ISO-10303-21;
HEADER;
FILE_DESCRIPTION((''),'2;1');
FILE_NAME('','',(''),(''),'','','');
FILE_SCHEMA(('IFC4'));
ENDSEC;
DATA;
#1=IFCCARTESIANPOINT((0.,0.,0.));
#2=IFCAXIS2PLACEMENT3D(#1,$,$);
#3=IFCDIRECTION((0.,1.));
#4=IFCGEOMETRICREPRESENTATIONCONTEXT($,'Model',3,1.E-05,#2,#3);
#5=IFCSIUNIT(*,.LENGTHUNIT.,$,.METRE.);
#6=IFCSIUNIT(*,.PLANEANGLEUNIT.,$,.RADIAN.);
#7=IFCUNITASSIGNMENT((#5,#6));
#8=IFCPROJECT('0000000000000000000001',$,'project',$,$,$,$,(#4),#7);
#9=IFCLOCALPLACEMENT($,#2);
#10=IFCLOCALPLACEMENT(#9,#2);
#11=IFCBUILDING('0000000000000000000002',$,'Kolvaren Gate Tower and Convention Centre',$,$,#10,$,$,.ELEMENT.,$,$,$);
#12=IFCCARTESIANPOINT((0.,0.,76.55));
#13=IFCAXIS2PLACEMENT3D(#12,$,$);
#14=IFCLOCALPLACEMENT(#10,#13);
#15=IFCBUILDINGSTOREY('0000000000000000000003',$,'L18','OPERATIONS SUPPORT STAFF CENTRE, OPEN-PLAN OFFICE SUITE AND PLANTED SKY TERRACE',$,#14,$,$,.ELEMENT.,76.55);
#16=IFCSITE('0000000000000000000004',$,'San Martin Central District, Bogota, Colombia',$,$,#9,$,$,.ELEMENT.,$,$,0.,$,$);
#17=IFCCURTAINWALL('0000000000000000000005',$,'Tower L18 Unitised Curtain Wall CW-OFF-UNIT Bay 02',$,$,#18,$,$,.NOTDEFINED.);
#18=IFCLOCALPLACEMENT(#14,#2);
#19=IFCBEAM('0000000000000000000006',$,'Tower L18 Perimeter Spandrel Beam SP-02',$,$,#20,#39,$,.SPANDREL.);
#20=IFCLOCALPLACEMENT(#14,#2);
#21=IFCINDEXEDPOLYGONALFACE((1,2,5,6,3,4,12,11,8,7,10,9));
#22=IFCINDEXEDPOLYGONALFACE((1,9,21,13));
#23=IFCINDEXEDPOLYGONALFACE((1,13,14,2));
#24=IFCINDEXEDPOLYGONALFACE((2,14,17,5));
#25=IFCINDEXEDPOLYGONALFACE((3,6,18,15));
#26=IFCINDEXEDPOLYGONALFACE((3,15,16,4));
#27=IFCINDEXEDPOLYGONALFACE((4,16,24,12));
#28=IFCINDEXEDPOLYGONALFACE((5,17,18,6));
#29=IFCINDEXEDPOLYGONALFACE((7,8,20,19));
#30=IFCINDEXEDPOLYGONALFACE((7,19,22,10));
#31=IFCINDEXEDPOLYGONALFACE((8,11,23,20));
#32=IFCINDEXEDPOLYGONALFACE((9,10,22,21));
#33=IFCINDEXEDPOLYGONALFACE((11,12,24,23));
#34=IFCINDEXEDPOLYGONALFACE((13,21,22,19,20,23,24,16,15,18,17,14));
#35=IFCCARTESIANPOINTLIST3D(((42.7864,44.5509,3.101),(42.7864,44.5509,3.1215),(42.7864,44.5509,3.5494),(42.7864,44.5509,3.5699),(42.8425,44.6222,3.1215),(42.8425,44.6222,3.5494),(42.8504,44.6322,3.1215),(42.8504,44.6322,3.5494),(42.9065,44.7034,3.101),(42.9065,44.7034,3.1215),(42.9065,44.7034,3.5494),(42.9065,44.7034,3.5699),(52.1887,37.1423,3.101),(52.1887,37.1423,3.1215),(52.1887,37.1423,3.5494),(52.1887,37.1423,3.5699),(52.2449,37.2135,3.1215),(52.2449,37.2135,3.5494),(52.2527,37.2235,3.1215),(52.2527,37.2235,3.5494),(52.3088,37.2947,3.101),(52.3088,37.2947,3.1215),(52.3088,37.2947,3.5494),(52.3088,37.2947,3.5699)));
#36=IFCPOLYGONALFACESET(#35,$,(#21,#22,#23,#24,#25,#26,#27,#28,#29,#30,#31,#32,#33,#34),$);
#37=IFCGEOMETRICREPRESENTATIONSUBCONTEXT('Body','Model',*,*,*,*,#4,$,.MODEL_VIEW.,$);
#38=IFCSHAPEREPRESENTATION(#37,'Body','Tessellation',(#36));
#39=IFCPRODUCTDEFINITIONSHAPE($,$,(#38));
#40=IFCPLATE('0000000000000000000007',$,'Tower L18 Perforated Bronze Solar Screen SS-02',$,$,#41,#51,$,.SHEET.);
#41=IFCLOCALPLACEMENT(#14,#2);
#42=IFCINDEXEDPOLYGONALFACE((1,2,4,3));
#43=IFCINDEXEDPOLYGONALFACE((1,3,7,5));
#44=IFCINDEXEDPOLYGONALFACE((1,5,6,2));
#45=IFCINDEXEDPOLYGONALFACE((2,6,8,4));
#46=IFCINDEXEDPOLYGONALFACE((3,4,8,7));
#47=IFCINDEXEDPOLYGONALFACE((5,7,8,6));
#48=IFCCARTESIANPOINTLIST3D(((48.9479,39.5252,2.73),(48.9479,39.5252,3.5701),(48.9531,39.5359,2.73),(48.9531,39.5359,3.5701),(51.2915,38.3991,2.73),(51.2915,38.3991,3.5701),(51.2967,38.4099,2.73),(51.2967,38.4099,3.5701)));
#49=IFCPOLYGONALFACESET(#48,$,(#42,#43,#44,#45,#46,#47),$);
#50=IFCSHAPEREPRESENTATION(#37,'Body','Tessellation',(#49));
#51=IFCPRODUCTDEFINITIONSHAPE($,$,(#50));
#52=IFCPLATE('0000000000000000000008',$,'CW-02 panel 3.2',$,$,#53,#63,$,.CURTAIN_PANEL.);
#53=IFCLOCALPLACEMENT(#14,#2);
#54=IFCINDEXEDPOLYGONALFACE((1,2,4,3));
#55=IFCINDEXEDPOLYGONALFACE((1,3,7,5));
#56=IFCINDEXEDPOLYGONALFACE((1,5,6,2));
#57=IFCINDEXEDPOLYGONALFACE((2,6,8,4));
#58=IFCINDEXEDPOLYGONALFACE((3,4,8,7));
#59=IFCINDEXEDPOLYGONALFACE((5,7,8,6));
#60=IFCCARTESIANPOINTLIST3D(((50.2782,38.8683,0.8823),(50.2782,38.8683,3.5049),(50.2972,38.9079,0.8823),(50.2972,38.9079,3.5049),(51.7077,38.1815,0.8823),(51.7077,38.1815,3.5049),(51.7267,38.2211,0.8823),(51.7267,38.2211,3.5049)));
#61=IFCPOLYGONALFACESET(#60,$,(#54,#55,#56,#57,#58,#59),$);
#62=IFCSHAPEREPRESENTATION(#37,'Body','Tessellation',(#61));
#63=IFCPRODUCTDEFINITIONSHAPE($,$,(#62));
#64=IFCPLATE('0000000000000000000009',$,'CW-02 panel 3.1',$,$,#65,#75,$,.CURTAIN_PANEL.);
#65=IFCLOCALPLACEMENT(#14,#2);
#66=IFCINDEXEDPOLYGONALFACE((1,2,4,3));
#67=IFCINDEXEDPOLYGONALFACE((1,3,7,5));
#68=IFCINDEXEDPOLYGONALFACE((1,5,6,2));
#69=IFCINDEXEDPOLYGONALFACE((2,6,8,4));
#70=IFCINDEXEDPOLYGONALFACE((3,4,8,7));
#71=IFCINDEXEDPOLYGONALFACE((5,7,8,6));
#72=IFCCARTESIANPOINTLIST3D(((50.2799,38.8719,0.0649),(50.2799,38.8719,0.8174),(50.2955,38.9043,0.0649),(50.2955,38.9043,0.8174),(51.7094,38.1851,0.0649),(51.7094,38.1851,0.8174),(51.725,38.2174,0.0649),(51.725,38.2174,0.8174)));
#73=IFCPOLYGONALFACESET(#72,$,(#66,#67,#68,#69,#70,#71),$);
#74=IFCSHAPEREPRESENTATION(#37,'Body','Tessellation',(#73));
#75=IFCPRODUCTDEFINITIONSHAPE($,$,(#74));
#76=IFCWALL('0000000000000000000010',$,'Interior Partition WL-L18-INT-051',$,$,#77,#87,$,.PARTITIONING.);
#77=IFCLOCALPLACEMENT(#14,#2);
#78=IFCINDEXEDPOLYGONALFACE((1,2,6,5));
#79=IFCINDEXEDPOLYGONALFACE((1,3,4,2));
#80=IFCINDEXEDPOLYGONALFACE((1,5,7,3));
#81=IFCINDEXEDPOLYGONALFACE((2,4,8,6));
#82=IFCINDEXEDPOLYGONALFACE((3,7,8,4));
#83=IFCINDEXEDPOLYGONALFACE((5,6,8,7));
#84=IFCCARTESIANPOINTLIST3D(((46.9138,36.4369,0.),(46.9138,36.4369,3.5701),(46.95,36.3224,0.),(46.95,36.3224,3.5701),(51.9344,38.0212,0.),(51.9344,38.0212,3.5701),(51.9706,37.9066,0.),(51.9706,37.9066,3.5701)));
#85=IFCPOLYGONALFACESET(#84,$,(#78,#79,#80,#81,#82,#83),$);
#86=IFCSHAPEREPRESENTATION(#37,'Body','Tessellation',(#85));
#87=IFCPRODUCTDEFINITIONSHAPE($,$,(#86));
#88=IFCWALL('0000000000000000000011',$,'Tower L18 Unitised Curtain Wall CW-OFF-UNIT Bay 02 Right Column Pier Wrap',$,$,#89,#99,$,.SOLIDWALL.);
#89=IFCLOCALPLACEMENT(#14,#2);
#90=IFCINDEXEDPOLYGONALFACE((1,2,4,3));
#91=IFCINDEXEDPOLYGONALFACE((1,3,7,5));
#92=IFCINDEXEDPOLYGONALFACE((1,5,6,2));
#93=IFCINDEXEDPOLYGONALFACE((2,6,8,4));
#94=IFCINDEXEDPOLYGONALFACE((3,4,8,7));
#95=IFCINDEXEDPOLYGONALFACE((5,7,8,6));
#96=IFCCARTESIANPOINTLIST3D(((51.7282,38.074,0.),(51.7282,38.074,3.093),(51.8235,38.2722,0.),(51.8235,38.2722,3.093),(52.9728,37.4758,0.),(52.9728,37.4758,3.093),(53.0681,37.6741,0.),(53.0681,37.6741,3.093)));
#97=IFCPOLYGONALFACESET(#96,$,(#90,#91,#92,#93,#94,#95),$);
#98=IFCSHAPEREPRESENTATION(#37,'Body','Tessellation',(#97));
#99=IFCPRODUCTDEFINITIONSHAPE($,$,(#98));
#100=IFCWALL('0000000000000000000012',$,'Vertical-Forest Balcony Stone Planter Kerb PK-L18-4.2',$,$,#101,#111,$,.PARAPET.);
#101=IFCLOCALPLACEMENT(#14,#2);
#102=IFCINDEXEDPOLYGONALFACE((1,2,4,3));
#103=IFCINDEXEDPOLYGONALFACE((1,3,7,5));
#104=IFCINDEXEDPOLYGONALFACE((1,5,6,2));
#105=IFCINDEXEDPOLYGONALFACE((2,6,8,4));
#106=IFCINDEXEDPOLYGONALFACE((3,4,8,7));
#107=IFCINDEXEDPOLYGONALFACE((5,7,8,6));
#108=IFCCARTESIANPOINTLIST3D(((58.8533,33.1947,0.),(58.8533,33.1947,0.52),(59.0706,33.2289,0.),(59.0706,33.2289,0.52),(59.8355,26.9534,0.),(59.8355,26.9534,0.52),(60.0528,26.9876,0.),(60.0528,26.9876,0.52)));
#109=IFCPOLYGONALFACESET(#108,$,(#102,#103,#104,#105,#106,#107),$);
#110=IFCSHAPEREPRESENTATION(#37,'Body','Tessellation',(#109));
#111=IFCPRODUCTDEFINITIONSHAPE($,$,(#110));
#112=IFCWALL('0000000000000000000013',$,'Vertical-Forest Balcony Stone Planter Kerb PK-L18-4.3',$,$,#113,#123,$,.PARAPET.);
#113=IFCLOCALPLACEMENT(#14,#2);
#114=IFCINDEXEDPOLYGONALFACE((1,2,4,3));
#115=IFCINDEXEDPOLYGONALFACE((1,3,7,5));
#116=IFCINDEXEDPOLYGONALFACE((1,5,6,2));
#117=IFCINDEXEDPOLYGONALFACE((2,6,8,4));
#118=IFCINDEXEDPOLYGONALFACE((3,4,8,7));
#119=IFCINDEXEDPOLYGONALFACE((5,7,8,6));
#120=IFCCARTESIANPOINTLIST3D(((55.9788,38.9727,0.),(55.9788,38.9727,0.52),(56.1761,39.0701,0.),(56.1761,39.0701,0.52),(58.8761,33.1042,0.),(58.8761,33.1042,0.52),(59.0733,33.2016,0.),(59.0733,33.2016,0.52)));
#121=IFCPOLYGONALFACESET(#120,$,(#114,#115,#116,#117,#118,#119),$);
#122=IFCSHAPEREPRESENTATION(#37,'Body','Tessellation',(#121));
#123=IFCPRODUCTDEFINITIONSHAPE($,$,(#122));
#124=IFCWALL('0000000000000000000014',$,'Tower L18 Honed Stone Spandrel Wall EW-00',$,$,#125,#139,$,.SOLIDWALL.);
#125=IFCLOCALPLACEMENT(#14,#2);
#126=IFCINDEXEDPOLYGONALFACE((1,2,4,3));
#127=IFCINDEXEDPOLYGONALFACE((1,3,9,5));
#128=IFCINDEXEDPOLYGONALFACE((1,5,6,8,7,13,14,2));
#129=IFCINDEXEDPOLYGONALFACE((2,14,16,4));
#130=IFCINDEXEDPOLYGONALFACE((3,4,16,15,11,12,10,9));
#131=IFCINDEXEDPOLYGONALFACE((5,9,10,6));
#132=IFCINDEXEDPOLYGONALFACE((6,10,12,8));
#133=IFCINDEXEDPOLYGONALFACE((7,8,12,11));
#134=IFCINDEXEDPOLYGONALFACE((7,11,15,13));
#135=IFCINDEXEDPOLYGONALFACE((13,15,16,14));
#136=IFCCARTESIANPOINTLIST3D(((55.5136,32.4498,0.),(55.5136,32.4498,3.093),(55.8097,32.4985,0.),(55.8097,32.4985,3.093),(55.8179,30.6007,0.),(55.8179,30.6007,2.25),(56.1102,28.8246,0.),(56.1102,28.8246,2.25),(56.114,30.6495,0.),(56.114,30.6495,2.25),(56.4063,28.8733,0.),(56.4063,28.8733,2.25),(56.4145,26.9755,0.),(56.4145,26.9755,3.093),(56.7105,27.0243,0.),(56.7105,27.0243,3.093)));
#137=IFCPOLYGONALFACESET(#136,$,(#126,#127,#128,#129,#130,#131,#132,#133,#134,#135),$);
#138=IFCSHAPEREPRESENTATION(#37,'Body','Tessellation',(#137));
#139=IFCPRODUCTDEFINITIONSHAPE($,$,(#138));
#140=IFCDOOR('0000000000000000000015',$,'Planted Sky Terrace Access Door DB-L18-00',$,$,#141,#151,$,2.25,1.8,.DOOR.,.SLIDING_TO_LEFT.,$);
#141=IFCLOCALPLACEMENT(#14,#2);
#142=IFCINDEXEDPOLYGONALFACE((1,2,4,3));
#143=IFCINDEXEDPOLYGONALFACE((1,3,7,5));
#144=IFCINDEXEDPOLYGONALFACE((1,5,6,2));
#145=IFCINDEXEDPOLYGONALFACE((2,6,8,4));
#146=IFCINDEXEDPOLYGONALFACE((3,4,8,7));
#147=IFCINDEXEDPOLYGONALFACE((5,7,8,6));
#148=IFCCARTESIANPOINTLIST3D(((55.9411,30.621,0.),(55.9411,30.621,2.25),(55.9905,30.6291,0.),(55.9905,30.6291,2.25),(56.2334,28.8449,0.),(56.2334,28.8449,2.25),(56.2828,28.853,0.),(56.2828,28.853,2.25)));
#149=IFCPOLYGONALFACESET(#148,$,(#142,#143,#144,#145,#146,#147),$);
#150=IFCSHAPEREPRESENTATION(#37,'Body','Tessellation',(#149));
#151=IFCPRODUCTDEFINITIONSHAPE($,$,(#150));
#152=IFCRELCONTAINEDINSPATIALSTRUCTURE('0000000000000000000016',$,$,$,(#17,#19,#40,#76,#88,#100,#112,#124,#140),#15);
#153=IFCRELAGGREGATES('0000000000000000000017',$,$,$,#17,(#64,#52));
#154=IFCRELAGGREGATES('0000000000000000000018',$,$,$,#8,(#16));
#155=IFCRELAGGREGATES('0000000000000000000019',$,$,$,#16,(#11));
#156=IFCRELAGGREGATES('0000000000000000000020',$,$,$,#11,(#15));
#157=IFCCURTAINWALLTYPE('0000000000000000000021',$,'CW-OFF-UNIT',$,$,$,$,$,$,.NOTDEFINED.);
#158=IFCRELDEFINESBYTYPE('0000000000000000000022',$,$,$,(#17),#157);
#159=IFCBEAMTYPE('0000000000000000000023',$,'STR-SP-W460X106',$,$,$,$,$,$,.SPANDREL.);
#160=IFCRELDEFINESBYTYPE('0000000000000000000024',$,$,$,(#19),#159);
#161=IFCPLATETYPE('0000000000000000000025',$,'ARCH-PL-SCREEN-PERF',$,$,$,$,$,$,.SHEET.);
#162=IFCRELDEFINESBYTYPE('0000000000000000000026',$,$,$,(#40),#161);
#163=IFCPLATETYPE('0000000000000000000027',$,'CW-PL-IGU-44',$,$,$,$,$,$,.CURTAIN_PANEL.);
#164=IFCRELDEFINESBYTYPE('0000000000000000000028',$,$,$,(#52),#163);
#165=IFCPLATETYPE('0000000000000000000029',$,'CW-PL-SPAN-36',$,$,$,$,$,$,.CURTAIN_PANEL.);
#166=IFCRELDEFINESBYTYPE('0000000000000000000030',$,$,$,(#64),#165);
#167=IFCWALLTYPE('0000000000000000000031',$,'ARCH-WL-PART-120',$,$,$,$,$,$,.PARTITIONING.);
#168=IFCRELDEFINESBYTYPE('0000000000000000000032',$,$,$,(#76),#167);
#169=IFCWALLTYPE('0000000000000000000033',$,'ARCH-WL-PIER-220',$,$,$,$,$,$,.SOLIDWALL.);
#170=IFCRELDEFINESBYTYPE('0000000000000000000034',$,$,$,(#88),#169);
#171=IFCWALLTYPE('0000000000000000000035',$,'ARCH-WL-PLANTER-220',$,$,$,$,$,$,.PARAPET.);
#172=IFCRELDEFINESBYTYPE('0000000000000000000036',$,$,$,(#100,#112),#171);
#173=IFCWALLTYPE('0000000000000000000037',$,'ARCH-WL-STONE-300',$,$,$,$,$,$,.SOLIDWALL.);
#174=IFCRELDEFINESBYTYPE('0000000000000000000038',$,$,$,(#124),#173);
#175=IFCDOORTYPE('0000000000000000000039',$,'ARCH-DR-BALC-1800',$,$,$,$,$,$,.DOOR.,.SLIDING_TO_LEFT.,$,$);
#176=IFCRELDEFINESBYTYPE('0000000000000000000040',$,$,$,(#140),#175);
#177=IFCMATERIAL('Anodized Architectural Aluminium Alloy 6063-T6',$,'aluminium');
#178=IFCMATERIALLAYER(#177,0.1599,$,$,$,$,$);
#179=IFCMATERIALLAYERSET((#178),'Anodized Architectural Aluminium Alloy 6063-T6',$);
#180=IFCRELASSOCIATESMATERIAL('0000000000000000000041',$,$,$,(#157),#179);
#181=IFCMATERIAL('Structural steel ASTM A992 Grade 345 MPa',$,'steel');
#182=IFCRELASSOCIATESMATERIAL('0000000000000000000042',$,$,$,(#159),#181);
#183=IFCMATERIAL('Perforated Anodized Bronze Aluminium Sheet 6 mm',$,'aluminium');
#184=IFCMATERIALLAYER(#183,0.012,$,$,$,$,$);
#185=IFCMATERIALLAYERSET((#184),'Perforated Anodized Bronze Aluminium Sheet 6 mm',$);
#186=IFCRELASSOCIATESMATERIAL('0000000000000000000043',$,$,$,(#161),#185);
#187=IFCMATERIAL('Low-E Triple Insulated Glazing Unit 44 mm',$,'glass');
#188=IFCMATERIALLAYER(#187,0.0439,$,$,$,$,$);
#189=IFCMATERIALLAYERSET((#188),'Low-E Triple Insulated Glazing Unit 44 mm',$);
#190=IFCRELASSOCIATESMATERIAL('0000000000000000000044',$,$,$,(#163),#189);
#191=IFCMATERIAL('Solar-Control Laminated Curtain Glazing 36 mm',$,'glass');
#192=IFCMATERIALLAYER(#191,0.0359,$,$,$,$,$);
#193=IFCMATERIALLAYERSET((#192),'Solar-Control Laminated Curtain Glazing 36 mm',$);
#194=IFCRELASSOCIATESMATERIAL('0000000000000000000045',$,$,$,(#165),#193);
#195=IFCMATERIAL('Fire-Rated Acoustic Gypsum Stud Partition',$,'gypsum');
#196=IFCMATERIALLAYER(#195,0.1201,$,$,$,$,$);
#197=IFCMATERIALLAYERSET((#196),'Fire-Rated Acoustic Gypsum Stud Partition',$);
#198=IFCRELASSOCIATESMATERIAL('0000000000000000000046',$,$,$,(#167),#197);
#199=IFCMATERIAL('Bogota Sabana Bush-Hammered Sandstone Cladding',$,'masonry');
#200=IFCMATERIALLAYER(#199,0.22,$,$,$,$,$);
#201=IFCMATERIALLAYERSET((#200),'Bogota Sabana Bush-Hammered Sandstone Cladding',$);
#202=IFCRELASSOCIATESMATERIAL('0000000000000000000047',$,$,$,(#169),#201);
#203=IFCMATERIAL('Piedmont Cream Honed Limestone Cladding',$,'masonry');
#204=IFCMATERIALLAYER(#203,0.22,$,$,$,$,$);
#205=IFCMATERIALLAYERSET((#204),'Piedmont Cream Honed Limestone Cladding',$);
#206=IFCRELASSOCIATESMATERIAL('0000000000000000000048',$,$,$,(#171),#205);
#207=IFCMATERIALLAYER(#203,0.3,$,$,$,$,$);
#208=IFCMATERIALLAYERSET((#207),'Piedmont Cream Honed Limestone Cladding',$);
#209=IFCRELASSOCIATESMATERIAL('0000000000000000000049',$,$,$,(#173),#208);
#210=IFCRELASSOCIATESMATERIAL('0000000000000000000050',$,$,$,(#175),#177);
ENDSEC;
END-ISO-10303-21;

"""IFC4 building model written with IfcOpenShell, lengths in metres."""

from ifc_helpers import new_model, si_unit, direction, frame, frame_2d, origin, origin_2d, place, context, subcontext, project, spatial, rectangle, i_section, extrude, material, layer, layer_set, material_profile, profile_set, type_object, element, fill, aggregate, save


model = new_model("IFC4")

# Units and contexts
model_context = context("Model", 3, precision=1e-05, world=origin(), true_north=direction((0.0, 1.0)))
body_context = subcontext(model_context, "Body", "Model", "MODEL_VIEW")
ifc_project = project(units=[si_unit("LENGTHUNIT", "METRE"), si_unit("PLANEANGLEUNIT", "RADIAN")], contexts=[model_context])

# Site, building, storey
site_placement = place(None, origin())
site = spatial("IfcSite", under=ifc_project, at=site_placement, Name="San Martin Central District, Bogota, Colombia", CompositionType="ELEMENT", RefElevation=0.0)
building_placement = place(site_placement, origin())
building = spatial("IfcBuilding", under=site, at=building_placement, Name="Kolvaren Gate Tower and Convention Centre", CompositionType="ELEMENT")
storey_placement = place(building_placement, frame((0.0, 0.0, 76.55)))
storey = spatial("IfcBuildingStorey", under=building, at=storey_placement, Name="L18", Description="OPERATIONS SUPPORT STAFF CENTRE, OPEN-PLAN OFFICE SUITE AND PLANTED SKY TERRACE", CompositionType="ELEMENT", Elevation=76.55)

# Curtain wall
ifc_material_1 = material(Name="Anodized Architectural Aluminium Alloy 6063-T6", Category="aluminium")
ifc_layer_1 = layer(ifc_material_1, 0.1599)
ifc_layer_set_1 = layer_set([ifc_layer_1], Name="Anodized Architectural Aluminium Alloy 6063-T6")
curtain_wall_type = type_object("IfcCurtainWallType", Name="CW-OFF-UNIT", PredefinedType="NOTDEFINED", material=ifc_layer_set_1)
curtain_wall_placement = place(storey_placement, origin())
curtain_wall = element("IfcCurtainWall", 1, at=curtain_wall_placement, inside=storey, type_object=curtain_wall_type, Name="Tower L18 Unitised Curtain Wall CW-OFF-UNIT Bay 02", PredefinedType="NOTDEFINED")

# Beam
ifc_material_2 = material(Name="Structural steel ASTM A992 Grade 345 MPa", Category="steel")
ifc_material_profile_1 = material_profile(ifc_material_2, i_section(OverallWidth=0.1941, OverallDepth=0.469, WebThickness=0.0127, FlangeThickness=0.0205, at=origin_2d()), Name="W460X106")
ifc_profile_set_1 = profile_set([ifc_material_profile_1], Name="Structural steel ASTM A992 Grade 345 MPa")
beam_type_1 = type_object("IfcBeamType", Name="STR-SP-W460X106", PredefinedType="SPANDREL", material=ifc_profile_set_1)
beam_1_placement = place(storey_placement, frame((52.2488, 37.2185, 3.3354), z_axis=(-0.78546, 0.618913, 0.0), x_axis=(-0.618913, -0.78546, 0.0)))
element("IfcBeam", 2, at=beam_1_placement, inside=storey, type_object=beam_type_1, Name="Tower L18 Perimeter Spandrel Beam SP-02", PredefinedType="SPANDREL", context=body_context, shape_type="SweptSolid", body=[
    extrude(i_section(OverallWidth=0.1941, OverallDepth=0.469, WebThickness=0.0127, FlangeThickness=0.0205, at=origin_2d()), origin(), (0.0, 0.0, 1.0), 11.9705),
])

# Plates
ifc_material_3 = material(Name="Perforated Anodized Bronze Aluminium Sheet 6 mm", Category="aluminium")
ifc_layer_2 = layer(ifc_material_3, 0.012)
ifc_layer_set_2 = layer_set([ifc_layer_2], Name="Perforated Anodized Bronze Aluminium Sheet 6 mm")
plate_type_1 = type_object("IfcPlateType", Name="ARCH-PL-SCREEN-PERF", PredefinedType="SHEET", material=ifc_layer_set_2)
plate_1_placement = place(storey_placement, frame((50.1223, 38.9675, 2.73), z_axis=(0.0, 0.0, 1.0), x_axis=(0.901358, -0.433076, 0.0)))
element("IfcPlate", 3, at=plate_1_placement, inside=storey, type_object=plate_type_1, Name="Tower L18 Perforated Bronze Solar Screen SS-02", PredefinedType="SHEET", context=body_context, shape_type="SweptSolid", body=[
    extrude(rectangle(XDim=2.6001, YDim=0.012, at=origin_2d()), origin(), (0.0, 0.0, 1.0), 0.8401),
])
ifc_material_4 = material(Name="Low-E Triple Insulated Glazing Unit 44 mm", Category="glass")
ifc_layer_3 = layer(ifc_material_4, 0.0439)
ifc_layer_set_3 = layer_set([ifc_layer_3], Name="Low-E Triple Insulated Glazing Unit 44 mm")
plate_type_2 = type_object("IfcPlateType", Name="CW-PL-IGU-44", PredefinedType="CURTAIN_PANEL", material=ifc_layer_set_3)
plate_2_placement = place(storey_placement, frame((51.0024, 38.5447, 0.8823), z_axis=(0.0, 0.0, 1.0), x_axis=(0.901362, -0.433067, 0.0)))
plate_2 = element("IfcPlate", 4, at=plate_2_placement, type_object=plate_type_2, Name="CW-02 panel 3.2", PredefinedType="CURTAIN_PANEL", context=body_context, shape_type="SweptSolid", body=[
    extrude(rectangle(XDim=1.5859, YDim=0.0439, at=origin_2d()), origin(), (0.0, 0.0, 1.0), 2.6226),
])
ifc_material_5 = material(Name="Solar-Control Laminated Curtain Glazing 36 mm", Category="glass")
ifc_layer_4 = layer(ifc_material_5, 0.0359)
ifc_layer_set_4 = layer_set([ifc_layer_4], Name="Solar-Control Laminated Curtain Glazing 36 mm")
plate_type_3 = type_object("IfcPlateType", Name="CW-PL-SPAN-36", PredefinedType="CURTAIN_PANEL", material=ifc_layer_set_4)
plate_3_placement = place(storey_placement, frame((51.0024, 38.5447, 0.0649), z_axis=(0.0, 0.0, 1.0), x_axis=(0.901362, -0.433067, 0.0)))
plate_3 = element("IfcPlate", 5, at=plate_3_placement, type_object=plate_type_3, Name="CW-02 panel 3.1", PredefinedType="CURTAIN_PANEL", context=body_context, shape_type="SweptSolid", body=[
    extrude(rectangle(XDim=1.5859, YDim=0.0359, at=origin_2d()), origin(), (0.0, 0.0, 1.0), 0.7524),
])
aggregate(curtain_wall, [plate_3, plate_2])

# Walls
ifc_material_6 = material(Name="Fire-Rated Acoustic Gypsum Stud Partition", Category="gypsum")
ifc_layer_5 = layer(ifc_material_6, 0.1201)
ifc_layer_set_5 = layer_set([ifc_layer_5], Name="Fire-Rated Acoustic Gypsum Stud Partition")
wall_type_1 = type_object("IfcWallType", Name="ARCH-WL-PART-120", PredefinedType="PARTITIONING", material=ifc_layer_set_5)
wall_1_placement = place(storey_placement, frame((46.9319, 36.3796, 0.0), z_axis=(0.0, 0.0, 1.0), x_axis=(0.953648, 0.300925, 0.0)))
element("IfcWall", 6, at=wall_1_placement, inside=storey, type_object=wall_type_1, Name="Interior Partition WL-L18-INT-051", PredefinedType="PARTITIONING", context=body_context, shape_type="SweptSolid", body=[
    extrude(rectangle(XDim=5.2646, YDim=0.1201, at=frame_2d((2.6323, 0.0))), origin(), (0.0, 0.0, 1.0), 3.5701),
])
ifc_material_7 = material(Name="Bogota Sabana Bush-Hammered Sandstone Cladding", Category="masonry")
ifc_layer_6 = layer(ifc_material_7, 0.22)
ifc_layer_set_6 = layer_set([ifc_layer_6], Name="Bogota Sabana Bush-Hammered Sandstone Cladding")
wall_type_2 = type_object("IfcWallType", Name="ARCH-WL-PIER-220", PredefinedType="SOLIDWALL", material=ifc_layer_set_6)
wall_2_placement = place(storey_placement, frame((51.7759, 38.1731, 0.0), z_axis=(0.0, 0.0, 1.0), x_axis=(0.901319, -0.433156, 0.0)))
element("IfcWall", 7, at=wall_2_placement, inside=storey, type_object=wall_type_2, Name="Tower L18 Unitised Curtain Wall CW-OFF-UNIT Bay 02 Right Column Pier Wrap", PredefinedType="SOLIDWALL", context=body_context, shape_type="SweptSolid", body=[
    extrude(rectangle(XDim=1.3809, YDim=0.22, at=frame_2d((0.6904, 0.0))), origin(), (0.0, 0.0, 1.0), 3.093),
])
ifc_material_8 = material(Name="Piedmont Cream Honed Limestone Cladding", Category="masonry")
ifc_layer_7 = layer(ifc_material_8, 0.22)
ifc_layer_set_7 = layer_set([ifc_layer_7], Name="Piedmont Cream Honed Limestone Cladding")
wall_type_3 = type_object("IfcWallType", Name="ARCH-WL-PLANTER-220", PredefinedType="PARAPET", material=ifc_layer_set_7)
wall_3_placement = place(storey_placement, frame((58.9619, 33.2119, 0.0), z_axis=(0.0, 0.0, 1.0), x_axis=(0.155457, -0.987843, 0.0)))
element("IfcWall", 8, at=wall_3_placement, inside=storey, type_object=wall_type_3, Name="Vertical-Forest Balcony Stone Planter Kerb PK-L18-4.2", PredefinedType="PARAPET", context=body_context, shape_type="SweptSolid", body=[
    extrude(rectangle(XDim=6.3181, YDim=0.22, at=frame_2d((3.1592, 0.0))), origin(), (0.0, 0.0, 1.0), 0.52),
])
wall_4_placement = place(storey_placement, frame((56.0774, 39.0215, 0.0), z_axis=(0.0, 0.0, 1.0), x_axis=(0.442687, -0.896676, 0.0)))
element("IfcWall", 9, at=wall_4_placement, inside=storey, type_object=wall_type_3, Name="Vertical-Forest Balcony Stone Planter Kerb PK-L18-4.3", PredefinedType="PARAPET", context=body_context, shape_type="SweptSolid", body=[
    extrude(rectangle(XDim=6.5447, YDim=0.22, at=frame_2d((3.2725, 0.0))), origin(), (0.0, 0.0, 1.0), 0.52),
])

# Wall, opening, door
ifc_layer_8 = layer(ifc_material_8, 0.3)
ifc_layer_set_8 = layer_set([ifc_layer_8], Name="Piedmont Cream Honed Limestone Cladding")
wall_type_4 = type_object("IfcWallType", Name="ARCH-WL-STONE-300", PredefinedType="SOLIDWALL", material=ifc_layer_set_8)
wall_5_placement = place(storey_placement, frame((55.6616, 32.4741, 0.0), z_axis=(0.0, 0.0, 1.0), x_axis=(0.162386, -0.986727, 0.0)))
wall_5 = element("IfcWall", 10, at=wall_5_placement, inside=storey, type_object=wall_type_4, Name="Tower L18 Honed Stone Spandrel Wall EW-00", PredefinedType="SOLIDWALL", context=body_context, shape_type="SweptSolid", body=[
    extrude(rectangle(XDim=5.5479, YDim=0.3, at=frame_2d((2.7739, 0.0))), origin(), (0.0, 0.0, 1.0), 3.093),
])
opening_1_placement = place(wall_5_placement, frame((1.874, 0.0, 0.0)))
opening_1 = element("IfcOpeningElement", 11, at=opening_1_placement, cuts=wall_5, PredefinedType="OPENING", context=body_context, shape_type="SweptSolid", body=[
    extrude(rectangle(XDim=1.8, YDim=2.25, at=frame_2d((0.8999, 1.125))), frame((0.0, 0.1599, 0.0), z_axis=(0.0, -1.0, 0.0), x_axis=(1.0, 0.0, 0.0)), (0.0, 0.0, 1.0), 0.3201),
])
door_type = type_object("IfcDoorType", Name="ARCH-DR-BALC-1800", OperationType="SLIDING_TO_LEFT", PredefinedType="DOOR", material=ifc_material_1)
door_placement = place(opening_1_placement, origin())
door = element("IfcDoor", 12, at=door_placement, inside=storey, type_object=door_type, Name="Planted Sky Terrace Access Door DB-L18-00", OperationType="SLIDING_TO_LEFT", OverallHeight=2.25, OverallWidth=1.8, PredefinedType="DOOR", context=body_context, shape_type="SweptSolid", body=[
    extrude(rectangle(XDim=1.8, YDim=2.25, at=frame_2d((0.8999, 1.125))), frame((0.0, 0.0249, 0.0), z_axis=(0.0, -1.0, 0.0), x_axis=(1.0, 0.0, 0.0)), (0.0, 0.0, 1.0), 0.05),
])
fill(opening_1, door)

save(model, "model.ifc")
